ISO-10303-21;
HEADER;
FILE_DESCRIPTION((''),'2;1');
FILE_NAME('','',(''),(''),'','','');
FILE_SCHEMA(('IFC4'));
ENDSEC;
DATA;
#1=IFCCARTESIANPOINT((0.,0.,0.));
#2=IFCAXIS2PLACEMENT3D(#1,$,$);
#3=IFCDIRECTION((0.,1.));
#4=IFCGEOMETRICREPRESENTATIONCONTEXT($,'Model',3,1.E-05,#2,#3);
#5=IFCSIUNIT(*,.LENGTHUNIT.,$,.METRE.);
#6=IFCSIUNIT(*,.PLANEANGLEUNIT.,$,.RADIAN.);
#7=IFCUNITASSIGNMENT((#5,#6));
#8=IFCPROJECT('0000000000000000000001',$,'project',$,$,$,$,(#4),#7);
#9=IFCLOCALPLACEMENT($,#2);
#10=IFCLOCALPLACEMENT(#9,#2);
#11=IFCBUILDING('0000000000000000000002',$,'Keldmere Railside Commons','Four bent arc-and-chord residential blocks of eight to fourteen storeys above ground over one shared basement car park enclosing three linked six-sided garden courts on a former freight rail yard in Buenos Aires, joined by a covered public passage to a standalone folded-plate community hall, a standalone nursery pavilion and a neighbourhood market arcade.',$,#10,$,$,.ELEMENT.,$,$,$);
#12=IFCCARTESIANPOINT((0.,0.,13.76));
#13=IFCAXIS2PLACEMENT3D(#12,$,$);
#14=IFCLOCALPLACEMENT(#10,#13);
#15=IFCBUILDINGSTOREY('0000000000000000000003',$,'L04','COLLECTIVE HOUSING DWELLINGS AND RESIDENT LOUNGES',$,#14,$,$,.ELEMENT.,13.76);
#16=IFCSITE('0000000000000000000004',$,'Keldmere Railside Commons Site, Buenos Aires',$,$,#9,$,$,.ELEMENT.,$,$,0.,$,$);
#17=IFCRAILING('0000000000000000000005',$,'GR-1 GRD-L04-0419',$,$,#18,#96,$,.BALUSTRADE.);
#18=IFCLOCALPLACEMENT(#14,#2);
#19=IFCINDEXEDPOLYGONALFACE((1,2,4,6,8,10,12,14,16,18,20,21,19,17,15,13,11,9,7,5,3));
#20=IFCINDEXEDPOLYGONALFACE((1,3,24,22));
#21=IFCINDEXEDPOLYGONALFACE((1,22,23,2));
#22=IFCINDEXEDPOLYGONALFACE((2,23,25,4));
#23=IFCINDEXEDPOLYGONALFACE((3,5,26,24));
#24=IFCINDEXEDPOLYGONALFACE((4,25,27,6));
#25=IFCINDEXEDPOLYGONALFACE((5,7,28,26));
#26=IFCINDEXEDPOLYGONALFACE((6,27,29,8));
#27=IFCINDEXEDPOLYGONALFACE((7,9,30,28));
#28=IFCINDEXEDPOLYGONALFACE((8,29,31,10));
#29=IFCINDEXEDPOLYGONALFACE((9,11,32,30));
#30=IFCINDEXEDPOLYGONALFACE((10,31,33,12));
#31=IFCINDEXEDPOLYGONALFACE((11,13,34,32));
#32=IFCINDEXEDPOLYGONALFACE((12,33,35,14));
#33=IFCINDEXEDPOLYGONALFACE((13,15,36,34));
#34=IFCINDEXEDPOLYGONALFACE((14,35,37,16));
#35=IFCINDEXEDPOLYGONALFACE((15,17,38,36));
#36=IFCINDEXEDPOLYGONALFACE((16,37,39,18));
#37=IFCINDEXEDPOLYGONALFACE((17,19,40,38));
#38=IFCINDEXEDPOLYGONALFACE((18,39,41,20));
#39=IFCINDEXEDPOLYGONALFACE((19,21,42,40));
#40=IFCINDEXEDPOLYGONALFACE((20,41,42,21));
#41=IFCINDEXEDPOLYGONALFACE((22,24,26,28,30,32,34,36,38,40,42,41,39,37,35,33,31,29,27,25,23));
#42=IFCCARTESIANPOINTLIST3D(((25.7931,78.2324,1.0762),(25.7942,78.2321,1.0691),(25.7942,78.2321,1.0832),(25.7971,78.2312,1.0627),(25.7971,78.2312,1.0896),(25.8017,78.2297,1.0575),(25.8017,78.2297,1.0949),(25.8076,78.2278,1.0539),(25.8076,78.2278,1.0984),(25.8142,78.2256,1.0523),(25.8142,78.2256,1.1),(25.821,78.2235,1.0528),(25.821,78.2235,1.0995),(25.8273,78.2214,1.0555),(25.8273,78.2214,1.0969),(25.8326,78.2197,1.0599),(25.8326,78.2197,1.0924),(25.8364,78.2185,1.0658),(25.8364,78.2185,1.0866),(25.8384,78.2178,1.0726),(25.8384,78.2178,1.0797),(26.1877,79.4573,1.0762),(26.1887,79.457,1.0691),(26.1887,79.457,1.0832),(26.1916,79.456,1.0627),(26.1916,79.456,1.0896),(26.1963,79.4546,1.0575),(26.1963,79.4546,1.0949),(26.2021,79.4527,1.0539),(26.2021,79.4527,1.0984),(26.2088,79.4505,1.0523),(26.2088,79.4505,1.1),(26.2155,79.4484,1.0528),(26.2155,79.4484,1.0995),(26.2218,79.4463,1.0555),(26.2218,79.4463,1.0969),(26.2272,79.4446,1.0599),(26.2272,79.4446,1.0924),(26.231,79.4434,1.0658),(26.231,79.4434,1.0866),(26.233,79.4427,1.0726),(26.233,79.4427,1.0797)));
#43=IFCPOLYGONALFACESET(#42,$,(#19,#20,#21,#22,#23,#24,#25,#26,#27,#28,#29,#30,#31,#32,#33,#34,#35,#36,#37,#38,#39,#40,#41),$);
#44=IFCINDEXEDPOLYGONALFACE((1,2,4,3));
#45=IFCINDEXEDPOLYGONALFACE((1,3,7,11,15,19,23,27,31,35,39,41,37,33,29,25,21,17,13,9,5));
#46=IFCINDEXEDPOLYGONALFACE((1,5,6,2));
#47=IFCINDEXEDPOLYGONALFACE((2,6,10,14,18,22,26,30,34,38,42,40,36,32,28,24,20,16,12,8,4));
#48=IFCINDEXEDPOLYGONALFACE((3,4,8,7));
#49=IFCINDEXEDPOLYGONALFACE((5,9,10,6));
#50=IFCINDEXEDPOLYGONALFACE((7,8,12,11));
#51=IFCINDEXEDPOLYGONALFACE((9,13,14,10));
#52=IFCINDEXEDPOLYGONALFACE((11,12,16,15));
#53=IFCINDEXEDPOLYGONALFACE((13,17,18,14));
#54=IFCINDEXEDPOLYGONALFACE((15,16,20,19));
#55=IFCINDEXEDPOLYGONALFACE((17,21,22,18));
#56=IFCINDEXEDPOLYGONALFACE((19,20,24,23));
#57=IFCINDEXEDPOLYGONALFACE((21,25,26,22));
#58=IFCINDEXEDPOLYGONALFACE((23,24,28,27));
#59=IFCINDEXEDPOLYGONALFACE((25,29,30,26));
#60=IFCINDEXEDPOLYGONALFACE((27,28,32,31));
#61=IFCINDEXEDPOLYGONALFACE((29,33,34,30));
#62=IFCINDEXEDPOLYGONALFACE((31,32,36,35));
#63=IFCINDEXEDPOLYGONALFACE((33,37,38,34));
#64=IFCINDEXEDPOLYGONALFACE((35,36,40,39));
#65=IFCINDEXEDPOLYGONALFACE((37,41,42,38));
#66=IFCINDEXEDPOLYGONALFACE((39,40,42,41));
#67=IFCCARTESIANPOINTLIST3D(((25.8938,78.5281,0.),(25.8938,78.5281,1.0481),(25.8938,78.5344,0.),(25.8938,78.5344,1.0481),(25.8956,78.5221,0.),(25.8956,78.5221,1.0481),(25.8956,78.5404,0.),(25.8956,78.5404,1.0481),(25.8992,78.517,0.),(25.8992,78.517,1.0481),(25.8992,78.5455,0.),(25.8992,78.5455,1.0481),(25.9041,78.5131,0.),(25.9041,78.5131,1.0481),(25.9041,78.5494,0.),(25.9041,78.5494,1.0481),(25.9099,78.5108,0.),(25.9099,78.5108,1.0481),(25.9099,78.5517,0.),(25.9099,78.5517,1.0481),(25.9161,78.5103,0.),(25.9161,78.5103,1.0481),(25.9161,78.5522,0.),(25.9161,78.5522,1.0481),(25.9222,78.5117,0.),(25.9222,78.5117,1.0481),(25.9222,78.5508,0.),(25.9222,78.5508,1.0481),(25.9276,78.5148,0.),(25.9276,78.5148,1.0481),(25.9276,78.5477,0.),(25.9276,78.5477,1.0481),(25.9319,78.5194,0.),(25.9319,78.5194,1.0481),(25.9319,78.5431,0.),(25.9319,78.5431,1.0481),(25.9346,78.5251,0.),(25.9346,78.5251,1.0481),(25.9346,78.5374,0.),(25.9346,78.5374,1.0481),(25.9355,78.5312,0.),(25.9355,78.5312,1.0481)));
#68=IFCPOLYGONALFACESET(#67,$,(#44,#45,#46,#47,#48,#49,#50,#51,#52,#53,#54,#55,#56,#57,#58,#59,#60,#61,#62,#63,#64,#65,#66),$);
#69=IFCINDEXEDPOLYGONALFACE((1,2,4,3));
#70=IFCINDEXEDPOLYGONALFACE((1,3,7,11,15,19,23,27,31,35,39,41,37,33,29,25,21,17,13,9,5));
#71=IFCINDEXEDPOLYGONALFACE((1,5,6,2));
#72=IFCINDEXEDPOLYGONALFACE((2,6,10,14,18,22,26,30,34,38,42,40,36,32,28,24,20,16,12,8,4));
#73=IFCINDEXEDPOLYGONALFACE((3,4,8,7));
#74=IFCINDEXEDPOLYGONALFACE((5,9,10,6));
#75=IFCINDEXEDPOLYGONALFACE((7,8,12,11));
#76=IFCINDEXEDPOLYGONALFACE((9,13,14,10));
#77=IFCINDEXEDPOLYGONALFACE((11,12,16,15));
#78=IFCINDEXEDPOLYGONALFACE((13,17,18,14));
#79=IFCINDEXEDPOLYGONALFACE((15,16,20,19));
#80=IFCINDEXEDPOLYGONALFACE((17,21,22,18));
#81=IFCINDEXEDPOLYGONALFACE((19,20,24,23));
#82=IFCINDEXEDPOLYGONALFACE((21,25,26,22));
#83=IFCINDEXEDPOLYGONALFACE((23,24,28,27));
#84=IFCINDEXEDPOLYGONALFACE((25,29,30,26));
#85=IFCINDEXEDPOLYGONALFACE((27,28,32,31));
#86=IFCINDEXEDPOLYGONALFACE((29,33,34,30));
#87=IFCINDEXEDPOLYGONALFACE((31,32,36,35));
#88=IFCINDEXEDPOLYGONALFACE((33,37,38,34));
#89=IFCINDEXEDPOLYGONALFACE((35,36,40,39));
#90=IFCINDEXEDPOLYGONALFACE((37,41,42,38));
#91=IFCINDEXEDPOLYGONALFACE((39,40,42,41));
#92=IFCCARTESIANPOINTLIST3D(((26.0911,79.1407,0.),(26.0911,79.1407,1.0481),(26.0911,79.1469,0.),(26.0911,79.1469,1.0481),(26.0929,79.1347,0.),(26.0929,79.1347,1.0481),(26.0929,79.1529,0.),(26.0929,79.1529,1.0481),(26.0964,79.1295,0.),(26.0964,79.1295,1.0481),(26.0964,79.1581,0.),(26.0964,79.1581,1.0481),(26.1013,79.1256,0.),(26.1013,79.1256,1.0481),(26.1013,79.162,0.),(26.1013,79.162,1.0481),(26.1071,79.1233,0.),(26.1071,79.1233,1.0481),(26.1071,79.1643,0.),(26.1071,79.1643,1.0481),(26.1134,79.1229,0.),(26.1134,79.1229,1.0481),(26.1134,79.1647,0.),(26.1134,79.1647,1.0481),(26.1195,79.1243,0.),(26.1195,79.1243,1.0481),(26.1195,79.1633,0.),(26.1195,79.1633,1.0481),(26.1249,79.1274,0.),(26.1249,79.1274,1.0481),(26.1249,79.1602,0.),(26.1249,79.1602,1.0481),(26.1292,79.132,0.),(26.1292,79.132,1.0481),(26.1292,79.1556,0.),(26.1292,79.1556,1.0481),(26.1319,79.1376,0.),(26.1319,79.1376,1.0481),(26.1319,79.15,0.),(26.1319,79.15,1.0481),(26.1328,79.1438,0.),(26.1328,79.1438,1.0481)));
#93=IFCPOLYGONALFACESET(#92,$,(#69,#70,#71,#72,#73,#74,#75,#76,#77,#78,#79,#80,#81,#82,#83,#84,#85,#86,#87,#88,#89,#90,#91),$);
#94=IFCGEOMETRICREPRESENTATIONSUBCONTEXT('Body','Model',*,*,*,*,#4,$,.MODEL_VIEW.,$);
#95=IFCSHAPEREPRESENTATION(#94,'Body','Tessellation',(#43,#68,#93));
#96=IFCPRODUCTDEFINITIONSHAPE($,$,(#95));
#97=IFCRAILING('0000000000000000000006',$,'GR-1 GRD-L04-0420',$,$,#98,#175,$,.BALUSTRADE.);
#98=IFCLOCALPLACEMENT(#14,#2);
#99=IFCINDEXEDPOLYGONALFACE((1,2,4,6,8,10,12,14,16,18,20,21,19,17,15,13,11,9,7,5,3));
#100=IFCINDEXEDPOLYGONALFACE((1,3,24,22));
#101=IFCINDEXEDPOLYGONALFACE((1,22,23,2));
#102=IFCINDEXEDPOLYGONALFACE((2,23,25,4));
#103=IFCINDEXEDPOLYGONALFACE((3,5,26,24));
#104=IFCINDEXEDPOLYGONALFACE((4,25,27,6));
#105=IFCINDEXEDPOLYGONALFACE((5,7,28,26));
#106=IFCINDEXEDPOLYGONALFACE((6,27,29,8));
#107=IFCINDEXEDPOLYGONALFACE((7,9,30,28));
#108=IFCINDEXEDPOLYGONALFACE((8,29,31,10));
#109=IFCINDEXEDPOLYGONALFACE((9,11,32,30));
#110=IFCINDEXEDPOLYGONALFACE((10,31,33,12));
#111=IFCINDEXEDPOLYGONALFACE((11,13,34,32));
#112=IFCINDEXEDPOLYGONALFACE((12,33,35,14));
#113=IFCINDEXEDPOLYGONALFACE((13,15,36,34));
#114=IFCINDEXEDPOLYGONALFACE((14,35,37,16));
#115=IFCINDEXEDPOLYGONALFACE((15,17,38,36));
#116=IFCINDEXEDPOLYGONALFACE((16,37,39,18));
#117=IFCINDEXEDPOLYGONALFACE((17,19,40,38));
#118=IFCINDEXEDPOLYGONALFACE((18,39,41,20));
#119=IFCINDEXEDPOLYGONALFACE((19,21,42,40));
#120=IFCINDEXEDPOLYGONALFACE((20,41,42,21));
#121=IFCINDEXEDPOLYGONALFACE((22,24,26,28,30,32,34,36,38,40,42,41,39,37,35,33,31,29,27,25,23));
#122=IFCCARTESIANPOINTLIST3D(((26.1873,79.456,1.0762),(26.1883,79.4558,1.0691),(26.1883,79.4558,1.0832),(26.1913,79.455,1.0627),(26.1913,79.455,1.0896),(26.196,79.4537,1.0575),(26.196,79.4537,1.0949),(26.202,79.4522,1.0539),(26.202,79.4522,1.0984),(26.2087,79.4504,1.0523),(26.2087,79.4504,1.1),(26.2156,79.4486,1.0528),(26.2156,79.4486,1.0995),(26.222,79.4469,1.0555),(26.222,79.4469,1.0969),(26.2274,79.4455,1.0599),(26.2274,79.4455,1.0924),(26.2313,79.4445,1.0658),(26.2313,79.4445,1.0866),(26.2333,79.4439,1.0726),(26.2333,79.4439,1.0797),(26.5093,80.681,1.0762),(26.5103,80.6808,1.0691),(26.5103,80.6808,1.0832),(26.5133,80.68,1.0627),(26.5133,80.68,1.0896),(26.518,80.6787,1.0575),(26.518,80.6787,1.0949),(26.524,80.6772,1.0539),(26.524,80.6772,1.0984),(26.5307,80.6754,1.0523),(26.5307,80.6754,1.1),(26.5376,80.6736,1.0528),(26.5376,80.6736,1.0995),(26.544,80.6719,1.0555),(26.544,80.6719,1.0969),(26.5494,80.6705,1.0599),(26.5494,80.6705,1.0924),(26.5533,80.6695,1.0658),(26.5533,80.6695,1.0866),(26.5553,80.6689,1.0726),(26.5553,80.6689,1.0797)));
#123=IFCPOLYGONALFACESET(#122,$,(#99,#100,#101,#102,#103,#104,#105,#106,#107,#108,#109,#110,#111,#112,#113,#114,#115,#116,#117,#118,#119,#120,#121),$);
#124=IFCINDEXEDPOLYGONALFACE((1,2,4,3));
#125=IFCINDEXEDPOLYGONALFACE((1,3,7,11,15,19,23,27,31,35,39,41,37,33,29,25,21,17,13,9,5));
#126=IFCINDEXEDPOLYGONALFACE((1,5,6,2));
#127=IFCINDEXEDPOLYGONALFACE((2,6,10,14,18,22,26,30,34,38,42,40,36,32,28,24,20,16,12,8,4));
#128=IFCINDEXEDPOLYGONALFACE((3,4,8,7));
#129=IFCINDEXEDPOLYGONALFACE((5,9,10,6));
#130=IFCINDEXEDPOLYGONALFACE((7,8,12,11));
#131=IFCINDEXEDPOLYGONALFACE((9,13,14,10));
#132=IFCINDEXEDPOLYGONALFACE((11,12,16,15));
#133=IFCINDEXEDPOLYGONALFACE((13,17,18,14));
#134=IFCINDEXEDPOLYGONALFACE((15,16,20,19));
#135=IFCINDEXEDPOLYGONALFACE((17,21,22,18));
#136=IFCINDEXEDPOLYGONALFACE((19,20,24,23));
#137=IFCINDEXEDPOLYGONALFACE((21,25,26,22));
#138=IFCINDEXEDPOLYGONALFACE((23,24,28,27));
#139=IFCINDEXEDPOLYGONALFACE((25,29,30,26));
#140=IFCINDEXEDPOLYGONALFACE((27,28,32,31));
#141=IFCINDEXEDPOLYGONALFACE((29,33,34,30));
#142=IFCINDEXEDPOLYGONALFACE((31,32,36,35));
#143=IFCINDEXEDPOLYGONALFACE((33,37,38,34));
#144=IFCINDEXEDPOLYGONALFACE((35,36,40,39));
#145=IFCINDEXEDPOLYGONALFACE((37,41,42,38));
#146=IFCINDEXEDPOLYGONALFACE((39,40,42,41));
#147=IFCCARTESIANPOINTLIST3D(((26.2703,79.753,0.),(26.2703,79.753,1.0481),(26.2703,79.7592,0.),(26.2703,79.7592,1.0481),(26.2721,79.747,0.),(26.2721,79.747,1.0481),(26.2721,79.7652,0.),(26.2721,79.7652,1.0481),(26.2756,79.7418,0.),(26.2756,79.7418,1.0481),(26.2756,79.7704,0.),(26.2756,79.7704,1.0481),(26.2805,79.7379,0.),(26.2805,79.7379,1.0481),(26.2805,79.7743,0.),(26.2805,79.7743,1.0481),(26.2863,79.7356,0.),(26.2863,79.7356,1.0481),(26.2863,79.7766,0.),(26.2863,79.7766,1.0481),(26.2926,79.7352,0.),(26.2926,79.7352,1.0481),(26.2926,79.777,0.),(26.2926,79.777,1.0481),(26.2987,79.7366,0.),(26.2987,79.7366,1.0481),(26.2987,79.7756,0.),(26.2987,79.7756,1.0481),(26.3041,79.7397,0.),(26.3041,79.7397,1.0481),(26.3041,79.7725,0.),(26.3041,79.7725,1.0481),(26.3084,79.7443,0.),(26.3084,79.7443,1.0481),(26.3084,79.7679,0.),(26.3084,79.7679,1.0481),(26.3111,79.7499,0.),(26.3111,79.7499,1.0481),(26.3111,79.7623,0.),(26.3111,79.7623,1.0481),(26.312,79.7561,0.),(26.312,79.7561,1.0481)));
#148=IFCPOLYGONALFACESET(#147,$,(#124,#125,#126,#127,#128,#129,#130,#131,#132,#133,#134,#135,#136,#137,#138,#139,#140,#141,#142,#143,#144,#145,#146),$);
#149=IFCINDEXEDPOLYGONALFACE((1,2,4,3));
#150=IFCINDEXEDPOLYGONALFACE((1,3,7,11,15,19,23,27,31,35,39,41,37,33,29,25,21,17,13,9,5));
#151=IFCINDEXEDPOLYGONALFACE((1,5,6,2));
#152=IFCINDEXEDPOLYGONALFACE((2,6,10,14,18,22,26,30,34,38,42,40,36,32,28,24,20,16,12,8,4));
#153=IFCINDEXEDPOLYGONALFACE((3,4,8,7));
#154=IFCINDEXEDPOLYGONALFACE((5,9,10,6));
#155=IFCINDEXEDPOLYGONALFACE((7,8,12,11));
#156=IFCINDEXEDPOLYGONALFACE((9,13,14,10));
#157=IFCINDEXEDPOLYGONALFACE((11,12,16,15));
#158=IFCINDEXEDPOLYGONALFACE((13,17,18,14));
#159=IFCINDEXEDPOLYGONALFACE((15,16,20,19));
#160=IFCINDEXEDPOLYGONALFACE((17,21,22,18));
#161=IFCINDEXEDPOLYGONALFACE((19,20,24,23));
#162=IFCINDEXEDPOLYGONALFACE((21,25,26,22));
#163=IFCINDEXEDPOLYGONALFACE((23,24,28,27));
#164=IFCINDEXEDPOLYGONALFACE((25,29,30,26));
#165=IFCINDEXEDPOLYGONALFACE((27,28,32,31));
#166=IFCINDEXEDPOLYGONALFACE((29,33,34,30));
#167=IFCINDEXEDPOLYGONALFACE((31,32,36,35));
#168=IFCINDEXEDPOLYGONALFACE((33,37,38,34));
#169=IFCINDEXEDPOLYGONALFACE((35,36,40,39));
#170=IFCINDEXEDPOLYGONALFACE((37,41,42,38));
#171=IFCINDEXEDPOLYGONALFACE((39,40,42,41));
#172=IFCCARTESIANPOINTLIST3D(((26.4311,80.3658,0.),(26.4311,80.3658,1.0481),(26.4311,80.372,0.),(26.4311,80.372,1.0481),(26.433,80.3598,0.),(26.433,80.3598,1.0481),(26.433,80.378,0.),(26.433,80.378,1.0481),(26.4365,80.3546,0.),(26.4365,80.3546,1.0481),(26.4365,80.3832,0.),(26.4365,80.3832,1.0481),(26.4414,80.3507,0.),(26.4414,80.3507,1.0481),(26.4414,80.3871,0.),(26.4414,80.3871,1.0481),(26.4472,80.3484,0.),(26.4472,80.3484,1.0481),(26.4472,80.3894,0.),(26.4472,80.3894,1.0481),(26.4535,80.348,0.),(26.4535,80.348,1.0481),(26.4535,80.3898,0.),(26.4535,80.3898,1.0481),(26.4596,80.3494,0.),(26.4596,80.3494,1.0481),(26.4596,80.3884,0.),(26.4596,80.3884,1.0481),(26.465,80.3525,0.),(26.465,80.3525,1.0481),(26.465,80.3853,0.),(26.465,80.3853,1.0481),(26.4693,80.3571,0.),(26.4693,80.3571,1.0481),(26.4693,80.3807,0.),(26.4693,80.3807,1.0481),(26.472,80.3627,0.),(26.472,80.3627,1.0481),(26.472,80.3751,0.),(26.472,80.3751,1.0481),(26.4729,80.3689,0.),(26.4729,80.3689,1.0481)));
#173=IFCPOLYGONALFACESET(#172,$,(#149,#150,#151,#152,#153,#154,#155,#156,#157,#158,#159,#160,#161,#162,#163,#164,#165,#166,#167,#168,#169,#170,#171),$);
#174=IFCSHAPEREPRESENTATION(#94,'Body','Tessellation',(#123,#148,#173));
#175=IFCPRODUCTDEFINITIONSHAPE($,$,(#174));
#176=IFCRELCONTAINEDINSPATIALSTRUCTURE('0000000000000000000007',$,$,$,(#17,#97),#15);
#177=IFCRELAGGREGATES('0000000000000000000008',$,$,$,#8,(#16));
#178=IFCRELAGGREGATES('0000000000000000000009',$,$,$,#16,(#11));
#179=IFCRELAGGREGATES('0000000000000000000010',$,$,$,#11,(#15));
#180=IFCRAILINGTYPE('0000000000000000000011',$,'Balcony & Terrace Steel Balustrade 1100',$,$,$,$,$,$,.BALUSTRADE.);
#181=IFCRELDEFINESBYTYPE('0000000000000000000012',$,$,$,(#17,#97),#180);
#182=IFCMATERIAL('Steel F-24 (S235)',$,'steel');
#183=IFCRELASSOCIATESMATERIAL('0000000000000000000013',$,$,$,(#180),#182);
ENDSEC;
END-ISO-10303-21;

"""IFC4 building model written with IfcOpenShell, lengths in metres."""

from ifc_helpers import new_model, si_unit, direction, frame, origin, origin_2d, place, context, subcontext, project, spatial, circle, extrude, material, type_object, element, save


model = new_model("IFC4")

# Units and contexts
model_context = context("Model", 3, precision=1e-05, world=origin(), true_north=direction((0.0, 1.0)))
body_context = subcontext(model_context, "Body", "Model", "MODEL_VIEW")
ifc_project = project(units=[si_unit("LENGTHUNIT", "METRE"), si_unit("PLANEANGLEUNIT", "RADIAN")], contexts=[model_context])

# Site, building, storey
site_placement = place(None, origin())
site = spatial("IfcSite", under=ifc_project, at=site_placement, Name="Keldmere Railside Commons Site, Buenos Aires", CompositionType="ELEMENT", RefElevation=0.0)
building_placement = place(site_placement, origin())
building = spatial("IfcBuilding", under=site, at=building_placement, Name="Keldmere Railside Commons", Description="Four bent arc-and-chord residential blocks of eight to fourteen storeys above ground over one shared basement car park enclosing three linked six-sided garden courts on a former freight rail yard in Buenos Aires, joined by a covered public passage to a standalone folded-plate community hall, a standalone nursery pavilion and a neighbourhood market arcade.", CompositionType="ELEMENT")
storey_placement = place(building_placement, frame((0.0, 0.0, 13.76)))
storey = spatial("IfcBuildingStorey", under=building, at=storey_placement, Name="L04", Description="COLLECTIVE HOUSING DWELLINGS AND RESIDENT LOUNGES", CompositionType="ELEMENT", Elevation=13.76)

# Railings
ifc_material_1 = material(Name="Steel F-24 (S235)", Category="steel")
railing_type = type_object("IfcRailingType", Name="Balcony & Terrace Steel Balustrade 1100", PredefinedType="BALUSTRADE", material=ifc_material_1)
railing_1_placement = place(storey_placement, frame((25.8159, 78.2251, 0.0)))
element("IfcRailing", 1, at=railing_1_placement, inside=storey, type_object=railing_type, Name="GR-1 GRD-L04-0419", PredefinedType="BALUSTRADE", context=body_context, shape_type="SweptSolid", body=[
    extrude(circle(Radius=0.0239, at=origin_2d()), frame((0.0, 0.0, 1.0762), z_axis=(0.306593, 0.951841, 0.0), x_axis=(-0.951841, 0.306593, 0.0)), (0.0, 0.0, 1.0), 1.2869),
    extrude(circle(Radius=0.021, at=origin_2d()), frame((0.0986, 0.3062, 0.0)), (0.0, 0.0, 1.0), 1.0481),
    extrude(circle(Radius=0.021, at=origin_2d()), frame((0.2959, 0.9187, 0.0)), (0.0, 0.0, 1.0), 1.0481),
])
railing_2_placement = place(storey_placement, frame((26.2104, 79.45, 0.0)))
element("IfcRailing", 2, at=railing_2_placement, inside=storey, type_object=railing_type, Name="GR-1 GRD-L04-0420", PredefinedType="BALUSTRADE", context=body_context, shape_type="SweptSolid", body=[
    extrude(circle(Radius=0.0239, at=origin_2d()), frame((0.0, 0.0, 1.0762), z_axis=(0.254218, 0.967147, 0.0), x_axis=(-0.967147, 0.254218, 0.0)), (0.0, 0.0, 1.0), 1.2666),
    extrude(circle(Radius=0.021, at=origin_2d()), frame((0.0806, 0.3062, 0.0)), (0.0, 0.0, 1.0), 1.0481),
    extrude(circle(Radius=0.021, at=origin_2d()), frame((0.2415, 0.9189, 0.0)), (0.0, 0.0, 1.0), 1.0481),
])

save(model, "model.ifc")
